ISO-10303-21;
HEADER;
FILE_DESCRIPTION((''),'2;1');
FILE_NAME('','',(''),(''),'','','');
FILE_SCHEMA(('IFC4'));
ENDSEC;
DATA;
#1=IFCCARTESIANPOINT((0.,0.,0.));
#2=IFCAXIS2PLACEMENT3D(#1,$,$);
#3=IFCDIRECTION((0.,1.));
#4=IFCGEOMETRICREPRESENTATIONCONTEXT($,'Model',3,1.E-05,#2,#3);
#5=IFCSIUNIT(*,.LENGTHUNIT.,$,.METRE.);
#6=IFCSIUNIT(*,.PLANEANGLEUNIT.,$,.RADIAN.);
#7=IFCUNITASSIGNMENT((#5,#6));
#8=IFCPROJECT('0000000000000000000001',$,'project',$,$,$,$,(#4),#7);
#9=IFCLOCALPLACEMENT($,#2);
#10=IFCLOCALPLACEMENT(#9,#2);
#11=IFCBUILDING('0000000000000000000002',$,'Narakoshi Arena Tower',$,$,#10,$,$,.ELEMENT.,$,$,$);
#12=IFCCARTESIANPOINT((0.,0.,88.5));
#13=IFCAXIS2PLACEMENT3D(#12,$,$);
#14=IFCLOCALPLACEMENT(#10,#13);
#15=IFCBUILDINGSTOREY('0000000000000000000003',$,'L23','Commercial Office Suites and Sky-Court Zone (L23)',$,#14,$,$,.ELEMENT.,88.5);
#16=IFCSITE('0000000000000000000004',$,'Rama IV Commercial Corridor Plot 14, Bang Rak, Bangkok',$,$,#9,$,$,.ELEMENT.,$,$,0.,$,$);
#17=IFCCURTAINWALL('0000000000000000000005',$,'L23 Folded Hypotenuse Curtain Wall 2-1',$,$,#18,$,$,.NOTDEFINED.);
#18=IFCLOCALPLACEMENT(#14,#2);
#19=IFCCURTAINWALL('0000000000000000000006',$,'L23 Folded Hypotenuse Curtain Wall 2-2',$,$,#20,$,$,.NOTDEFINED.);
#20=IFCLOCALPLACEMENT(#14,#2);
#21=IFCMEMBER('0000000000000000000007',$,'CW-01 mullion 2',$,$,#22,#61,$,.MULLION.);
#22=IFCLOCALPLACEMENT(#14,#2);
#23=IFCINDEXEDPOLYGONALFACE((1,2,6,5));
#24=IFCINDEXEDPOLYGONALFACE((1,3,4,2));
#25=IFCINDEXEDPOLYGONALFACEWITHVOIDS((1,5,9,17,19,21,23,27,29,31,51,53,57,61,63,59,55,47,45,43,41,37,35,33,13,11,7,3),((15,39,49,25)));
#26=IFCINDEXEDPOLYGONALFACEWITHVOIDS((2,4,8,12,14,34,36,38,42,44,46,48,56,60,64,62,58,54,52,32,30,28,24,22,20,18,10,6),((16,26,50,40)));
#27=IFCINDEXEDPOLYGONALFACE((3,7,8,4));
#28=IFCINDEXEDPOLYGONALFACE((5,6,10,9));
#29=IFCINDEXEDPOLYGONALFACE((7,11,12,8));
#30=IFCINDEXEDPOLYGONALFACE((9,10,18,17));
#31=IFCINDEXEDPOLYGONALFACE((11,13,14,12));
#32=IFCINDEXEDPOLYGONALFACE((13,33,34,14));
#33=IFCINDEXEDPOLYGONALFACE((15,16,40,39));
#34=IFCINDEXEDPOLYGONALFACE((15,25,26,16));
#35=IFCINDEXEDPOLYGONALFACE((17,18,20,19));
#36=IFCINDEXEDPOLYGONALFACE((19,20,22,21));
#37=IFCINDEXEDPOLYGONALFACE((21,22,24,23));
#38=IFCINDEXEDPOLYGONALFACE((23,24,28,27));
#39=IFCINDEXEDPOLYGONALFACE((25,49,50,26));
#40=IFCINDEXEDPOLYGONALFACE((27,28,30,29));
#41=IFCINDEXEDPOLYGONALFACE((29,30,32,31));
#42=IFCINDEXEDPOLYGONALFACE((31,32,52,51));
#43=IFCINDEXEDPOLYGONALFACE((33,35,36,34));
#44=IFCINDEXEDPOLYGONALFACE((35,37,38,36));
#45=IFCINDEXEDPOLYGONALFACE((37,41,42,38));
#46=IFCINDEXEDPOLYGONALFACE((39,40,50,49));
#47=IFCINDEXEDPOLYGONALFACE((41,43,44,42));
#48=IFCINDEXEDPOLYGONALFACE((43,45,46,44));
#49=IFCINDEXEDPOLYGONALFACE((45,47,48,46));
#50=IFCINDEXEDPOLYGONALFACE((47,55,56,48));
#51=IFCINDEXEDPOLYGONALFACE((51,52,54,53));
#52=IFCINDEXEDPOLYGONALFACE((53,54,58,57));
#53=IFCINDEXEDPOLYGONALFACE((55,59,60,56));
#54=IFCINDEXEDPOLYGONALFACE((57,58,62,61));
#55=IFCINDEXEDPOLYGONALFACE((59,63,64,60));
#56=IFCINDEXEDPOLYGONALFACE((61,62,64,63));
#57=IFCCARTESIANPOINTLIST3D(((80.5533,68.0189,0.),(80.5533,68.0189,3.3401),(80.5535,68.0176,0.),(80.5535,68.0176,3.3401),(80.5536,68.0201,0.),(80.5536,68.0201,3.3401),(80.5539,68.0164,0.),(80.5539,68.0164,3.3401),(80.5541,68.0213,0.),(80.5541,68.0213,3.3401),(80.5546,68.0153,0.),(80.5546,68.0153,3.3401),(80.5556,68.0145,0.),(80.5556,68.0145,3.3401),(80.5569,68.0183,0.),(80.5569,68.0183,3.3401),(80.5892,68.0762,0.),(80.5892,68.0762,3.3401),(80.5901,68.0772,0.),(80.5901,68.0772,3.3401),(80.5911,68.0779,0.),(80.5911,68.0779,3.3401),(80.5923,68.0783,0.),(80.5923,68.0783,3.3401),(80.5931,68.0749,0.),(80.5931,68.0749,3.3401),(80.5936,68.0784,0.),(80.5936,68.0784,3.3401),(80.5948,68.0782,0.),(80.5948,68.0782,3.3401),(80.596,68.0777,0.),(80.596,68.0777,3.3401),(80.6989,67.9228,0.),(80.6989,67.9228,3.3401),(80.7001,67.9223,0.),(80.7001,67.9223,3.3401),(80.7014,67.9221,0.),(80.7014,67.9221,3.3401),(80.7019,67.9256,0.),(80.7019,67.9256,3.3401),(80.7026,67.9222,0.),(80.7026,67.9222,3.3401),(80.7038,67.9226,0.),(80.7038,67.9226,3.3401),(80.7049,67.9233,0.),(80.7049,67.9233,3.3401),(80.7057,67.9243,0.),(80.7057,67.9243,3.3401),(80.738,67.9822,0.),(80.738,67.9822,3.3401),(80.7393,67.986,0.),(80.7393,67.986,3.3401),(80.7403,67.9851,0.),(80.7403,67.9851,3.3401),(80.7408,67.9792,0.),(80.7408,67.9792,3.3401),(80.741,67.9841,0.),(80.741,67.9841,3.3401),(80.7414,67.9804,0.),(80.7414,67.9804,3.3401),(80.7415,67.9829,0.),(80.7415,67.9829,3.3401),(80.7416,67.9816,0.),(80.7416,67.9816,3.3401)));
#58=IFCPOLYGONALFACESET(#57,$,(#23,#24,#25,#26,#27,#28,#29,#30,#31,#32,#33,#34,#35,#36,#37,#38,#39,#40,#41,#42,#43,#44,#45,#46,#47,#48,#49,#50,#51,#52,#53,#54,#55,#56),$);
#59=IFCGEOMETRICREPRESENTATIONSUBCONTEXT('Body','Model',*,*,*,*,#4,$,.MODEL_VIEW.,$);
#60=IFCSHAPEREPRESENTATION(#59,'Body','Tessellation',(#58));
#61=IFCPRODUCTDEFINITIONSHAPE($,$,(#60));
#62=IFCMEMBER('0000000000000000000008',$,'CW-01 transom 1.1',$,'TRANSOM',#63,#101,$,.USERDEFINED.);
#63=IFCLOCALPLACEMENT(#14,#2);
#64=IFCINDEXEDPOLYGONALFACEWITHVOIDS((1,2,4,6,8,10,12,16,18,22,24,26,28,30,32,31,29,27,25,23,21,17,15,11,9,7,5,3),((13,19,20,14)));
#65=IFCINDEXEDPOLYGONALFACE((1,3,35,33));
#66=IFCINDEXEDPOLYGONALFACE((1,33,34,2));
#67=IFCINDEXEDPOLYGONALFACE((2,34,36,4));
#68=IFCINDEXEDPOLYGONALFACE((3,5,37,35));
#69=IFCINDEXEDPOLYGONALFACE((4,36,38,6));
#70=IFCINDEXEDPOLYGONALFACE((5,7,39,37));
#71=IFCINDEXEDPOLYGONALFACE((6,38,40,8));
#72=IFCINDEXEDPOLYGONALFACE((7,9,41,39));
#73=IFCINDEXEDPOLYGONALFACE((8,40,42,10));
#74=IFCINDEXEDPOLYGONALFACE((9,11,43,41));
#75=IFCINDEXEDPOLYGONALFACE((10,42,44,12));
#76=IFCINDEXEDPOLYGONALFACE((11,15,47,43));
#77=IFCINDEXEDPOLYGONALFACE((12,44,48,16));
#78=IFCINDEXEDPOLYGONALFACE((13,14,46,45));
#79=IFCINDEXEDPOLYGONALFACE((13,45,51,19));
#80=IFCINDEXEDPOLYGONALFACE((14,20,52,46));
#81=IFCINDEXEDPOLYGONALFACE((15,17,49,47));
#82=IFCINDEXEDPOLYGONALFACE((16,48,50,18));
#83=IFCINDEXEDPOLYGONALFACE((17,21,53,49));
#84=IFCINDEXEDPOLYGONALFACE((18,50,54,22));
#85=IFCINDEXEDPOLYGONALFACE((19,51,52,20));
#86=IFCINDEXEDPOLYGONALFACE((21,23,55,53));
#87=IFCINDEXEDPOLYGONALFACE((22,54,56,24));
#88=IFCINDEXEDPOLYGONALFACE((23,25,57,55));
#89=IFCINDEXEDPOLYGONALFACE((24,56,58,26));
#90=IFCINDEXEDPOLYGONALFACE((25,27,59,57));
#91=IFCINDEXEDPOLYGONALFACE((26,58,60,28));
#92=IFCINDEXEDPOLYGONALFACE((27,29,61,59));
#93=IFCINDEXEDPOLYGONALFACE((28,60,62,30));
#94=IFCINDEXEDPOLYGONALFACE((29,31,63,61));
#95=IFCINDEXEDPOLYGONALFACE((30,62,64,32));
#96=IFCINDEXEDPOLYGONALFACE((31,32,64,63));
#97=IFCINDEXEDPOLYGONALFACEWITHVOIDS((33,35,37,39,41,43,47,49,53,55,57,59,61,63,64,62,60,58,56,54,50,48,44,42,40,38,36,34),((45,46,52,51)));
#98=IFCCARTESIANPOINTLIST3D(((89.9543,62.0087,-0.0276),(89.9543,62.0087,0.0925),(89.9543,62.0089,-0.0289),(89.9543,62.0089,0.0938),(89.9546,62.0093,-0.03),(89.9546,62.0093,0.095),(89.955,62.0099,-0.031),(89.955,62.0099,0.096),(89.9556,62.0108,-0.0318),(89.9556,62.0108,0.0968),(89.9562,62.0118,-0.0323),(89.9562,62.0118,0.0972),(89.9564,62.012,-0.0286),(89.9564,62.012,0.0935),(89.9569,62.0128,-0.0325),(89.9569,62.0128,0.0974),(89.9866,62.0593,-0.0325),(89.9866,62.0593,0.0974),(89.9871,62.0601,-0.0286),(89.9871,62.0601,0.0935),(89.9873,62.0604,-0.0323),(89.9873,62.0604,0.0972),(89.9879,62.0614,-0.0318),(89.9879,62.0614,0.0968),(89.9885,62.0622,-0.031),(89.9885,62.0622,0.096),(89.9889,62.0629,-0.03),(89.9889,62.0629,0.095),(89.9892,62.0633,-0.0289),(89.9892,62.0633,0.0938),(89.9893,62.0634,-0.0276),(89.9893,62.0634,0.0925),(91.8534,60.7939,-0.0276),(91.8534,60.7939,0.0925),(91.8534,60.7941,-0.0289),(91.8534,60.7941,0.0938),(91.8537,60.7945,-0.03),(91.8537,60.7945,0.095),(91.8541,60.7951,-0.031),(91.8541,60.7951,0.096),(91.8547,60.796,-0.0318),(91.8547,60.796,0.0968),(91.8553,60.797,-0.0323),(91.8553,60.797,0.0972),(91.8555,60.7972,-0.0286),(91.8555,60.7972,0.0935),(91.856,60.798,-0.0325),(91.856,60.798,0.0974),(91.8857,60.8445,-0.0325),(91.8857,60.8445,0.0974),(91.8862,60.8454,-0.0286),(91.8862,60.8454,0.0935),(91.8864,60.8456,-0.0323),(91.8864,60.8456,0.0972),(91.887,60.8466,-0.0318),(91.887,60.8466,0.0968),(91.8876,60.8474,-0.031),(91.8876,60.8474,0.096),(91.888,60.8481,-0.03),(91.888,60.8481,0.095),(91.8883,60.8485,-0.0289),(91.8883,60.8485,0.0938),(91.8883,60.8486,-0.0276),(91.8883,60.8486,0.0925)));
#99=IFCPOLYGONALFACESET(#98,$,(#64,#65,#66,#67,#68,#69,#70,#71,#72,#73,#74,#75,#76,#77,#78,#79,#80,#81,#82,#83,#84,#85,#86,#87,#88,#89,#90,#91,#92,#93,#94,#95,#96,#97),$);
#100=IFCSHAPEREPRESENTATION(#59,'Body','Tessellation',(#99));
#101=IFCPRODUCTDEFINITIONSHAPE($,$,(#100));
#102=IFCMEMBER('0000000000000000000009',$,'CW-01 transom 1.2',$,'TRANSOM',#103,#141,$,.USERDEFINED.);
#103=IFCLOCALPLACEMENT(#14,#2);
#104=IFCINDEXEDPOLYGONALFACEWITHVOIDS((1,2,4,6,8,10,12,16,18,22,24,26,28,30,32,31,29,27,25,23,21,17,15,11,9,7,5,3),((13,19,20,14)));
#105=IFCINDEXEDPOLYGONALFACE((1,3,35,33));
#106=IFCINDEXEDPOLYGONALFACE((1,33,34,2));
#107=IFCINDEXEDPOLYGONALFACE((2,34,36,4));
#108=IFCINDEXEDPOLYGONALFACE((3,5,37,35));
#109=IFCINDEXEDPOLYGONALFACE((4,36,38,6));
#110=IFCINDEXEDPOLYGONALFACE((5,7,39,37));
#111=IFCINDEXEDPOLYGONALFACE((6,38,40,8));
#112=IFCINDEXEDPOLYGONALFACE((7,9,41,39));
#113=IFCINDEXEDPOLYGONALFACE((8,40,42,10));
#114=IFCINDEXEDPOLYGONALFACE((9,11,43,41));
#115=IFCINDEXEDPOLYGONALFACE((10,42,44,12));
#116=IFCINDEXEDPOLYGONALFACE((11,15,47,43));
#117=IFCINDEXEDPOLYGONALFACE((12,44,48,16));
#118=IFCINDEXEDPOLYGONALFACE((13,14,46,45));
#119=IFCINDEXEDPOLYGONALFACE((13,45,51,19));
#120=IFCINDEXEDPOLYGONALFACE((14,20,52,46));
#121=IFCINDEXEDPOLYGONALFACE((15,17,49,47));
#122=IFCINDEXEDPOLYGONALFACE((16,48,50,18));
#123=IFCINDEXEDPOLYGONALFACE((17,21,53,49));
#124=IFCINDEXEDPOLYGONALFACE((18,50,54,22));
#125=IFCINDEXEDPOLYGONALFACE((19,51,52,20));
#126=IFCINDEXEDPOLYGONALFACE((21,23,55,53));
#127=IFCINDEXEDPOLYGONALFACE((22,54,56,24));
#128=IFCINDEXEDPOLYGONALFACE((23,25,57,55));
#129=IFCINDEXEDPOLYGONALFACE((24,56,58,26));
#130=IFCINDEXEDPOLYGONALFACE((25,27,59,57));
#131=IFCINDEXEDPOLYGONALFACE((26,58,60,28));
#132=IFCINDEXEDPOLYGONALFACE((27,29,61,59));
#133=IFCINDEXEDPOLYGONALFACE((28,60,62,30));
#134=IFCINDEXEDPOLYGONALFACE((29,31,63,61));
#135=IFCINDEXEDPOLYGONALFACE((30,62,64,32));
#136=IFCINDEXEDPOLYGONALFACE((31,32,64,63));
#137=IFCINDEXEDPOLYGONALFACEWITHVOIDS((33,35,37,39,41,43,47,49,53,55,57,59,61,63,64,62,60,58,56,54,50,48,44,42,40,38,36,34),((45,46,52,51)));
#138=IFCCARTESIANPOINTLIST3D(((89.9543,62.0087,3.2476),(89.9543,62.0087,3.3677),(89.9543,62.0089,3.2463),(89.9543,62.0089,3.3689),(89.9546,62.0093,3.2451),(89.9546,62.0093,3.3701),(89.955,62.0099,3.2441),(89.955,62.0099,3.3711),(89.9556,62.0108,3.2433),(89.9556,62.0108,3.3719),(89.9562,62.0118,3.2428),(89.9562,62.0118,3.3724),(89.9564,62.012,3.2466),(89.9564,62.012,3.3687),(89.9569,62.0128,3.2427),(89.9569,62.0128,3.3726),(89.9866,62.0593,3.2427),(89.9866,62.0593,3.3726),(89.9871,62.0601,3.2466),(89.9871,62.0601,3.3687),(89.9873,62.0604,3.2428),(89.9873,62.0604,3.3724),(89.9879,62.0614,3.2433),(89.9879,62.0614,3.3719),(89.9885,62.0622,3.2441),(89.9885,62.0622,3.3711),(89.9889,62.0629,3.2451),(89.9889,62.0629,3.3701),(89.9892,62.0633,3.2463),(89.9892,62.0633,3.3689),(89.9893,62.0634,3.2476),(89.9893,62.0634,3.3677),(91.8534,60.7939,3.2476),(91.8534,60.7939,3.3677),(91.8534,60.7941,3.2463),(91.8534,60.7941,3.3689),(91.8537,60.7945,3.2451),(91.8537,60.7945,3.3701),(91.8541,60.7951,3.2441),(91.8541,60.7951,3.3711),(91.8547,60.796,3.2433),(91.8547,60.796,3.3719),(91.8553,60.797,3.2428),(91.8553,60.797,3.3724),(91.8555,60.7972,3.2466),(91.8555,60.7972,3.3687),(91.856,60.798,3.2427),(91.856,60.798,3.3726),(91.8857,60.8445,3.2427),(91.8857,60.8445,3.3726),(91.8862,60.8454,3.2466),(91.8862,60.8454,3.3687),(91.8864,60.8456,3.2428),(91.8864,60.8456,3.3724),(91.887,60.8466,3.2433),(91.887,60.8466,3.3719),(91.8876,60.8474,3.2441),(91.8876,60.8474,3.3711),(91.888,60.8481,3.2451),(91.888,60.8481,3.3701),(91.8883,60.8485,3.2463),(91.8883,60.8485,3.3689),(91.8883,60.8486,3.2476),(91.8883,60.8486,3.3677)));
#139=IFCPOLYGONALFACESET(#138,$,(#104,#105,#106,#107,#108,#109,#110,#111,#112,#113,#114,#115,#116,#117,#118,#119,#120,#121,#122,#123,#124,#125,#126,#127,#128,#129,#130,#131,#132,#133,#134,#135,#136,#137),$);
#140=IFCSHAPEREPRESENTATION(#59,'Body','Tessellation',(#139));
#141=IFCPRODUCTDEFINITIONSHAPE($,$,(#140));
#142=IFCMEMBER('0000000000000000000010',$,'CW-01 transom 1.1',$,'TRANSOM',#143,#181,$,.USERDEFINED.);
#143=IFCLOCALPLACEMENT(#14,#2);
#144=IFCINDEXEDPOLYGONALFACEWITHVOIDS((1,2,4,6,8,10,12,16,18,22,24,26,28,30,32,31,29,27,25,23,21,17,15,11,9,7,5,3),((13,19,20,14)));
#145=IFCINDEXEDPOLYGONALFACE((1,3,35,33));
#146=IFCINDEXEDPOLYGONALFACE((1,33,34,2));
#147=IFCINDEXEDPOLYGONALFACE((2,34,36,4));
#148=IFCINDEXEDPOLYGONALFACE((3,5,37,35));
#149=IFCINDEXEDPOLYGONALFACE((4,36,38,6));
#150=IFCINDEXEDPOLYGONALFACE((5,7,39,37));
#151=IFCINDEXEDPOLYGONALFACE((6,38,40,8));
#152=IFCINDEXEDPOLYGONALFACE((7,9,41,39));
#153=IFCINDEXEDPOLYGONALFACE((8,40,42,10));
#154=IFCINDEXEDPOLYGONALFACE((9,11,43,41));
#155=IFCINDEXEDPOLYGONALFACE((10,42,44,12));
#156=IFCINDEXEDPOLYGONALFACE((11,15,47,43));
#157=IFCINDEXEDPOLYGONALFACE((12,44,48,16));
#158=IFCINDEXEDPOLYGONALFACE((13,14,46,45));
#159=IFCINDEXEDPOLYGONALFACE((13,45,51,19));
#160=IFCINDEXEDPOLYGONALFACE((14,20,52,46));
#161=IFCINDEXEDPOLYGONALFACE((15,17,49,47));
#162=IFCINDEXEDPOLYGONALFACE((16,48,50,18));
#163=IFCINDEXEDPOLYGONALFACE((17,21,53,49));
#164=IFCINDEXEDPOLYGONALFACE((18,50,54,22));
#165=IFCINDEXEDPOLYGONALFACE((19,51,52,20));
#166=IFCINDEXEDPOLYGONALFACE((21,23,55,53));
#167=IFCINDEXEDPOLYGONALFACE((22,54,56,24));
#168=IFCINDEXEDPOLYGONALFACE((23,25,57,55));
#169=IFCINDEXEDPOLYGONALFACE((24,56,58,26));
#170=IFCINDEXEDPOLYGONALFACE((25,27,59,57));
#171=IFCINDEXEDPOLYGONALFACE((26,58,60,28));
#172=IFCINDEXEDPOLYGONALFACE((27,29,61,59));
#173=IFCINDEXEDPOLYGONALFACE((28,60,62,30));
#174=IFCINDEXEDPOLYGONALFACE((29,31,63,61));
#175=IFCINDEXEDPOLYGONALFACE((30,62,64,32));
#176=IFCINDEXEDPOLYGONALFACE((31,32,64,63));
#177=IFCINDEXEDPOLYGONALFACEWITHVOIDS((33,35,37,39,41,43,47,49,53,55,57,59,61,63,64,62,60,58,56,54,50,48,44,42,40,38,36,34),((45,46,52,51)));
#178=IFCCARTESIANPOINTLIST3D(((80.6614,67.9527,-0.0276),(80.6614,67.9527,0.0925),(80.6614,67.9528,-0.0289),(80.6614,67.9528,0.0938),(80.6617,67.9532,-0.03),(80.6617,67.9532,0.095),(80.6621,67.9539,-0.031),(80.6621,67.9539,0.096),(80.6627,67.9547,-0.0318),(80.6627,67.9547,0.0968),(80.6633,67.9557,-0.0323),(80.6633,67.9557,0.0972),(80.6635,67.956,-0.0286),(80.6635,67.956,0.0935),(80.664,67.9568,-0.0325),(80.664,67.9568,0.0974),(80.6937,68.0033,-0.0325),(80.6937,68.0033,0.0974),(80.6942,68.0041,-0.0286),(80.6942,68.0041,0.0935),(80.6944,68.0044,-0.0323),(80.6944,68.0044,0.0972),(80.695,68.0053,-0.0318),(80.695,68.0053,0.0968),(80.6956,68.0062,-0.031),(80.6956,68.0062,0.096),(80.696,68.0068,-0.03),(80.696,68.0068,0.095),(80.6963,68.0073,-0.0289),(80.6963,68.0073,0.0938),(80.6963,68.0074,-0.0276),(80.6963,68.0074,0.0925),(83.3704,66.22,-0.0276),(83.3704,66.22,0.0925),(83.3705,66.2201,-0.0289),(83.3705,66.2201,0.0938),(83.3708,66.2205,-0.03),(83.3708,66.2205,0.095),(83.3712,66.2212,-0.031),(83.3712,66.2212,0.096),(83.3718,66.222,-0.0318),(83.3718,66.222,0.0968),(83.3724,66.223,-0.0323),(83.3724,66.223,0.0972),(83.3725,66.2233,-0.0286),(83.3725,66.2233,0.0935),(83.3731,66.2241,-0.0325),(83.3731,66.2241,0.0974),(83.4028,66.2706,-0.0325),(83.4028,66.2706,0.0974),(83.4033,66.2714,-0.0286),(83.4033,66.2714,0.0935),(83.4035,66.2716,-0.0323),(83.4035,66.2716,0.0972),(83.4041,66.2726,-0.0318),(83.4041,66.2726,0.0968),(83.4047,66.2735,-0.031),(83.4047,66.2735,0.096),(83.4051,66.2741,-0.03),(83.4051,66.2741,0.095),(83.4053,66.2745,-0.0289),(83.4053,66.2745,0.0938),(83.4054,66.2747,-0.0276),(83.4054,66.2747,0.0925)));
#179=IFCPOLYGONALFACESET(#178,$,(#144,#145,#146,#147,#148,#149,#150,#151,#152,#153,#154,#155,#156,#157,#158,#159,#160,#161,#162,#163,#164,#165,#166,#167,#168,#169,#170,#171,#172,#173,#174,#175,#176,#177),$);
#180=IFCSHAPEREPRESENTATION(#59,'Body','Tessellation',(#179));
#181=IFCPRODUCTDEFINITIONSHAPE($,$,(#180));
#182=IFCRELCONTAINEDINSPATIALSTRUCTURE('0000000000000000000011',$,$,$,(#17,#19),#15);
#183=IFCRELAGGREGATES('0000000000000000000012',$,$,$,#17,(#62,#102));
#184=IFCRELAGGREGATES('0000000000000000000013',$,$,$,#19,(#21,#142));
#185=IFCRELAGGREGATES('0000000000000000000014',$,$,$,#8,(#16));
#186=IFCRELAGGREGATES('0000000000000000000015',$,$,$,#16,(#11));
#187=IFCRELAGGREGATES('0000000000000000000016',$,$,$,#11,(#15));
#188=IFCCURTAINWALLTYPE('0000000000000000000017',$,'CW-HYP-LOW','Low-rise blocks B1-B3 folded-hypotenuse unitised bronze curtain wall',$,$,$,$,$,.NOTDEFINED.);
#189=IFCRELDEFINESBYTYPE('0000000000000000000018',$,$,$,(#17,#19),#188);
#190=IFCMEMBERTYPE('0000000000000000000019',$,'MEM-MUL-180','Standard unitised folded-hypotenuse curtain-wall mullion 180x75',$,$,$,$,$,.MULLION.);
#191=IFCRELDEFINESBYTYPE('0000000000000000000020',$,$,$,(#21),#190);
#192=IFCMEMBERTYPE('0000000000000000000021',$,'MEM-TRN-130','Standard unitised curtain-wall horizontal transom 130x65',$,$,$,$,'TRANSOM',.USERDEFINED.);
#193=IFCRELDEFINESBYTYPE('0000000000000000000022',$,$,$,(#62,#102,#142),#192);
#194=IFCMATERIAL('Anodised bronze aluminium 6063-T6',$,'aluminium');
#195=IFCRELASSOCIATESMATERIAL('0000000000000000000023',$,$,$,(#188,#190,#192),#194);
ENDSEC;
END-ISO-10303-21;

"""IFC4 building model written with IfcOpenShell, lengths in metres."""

from ifc_helpers import new_model, si_unit, direction, frame, origin, origin_2d, place, context, subcontext, project, spatial, hollow_rectangle, extrude, material, material_profile, profile_set, type_object, element, aggregate, save


model = new_model("IFC4")

# Units and contexts
model_context = context("Model", 3, precision=1e-05, world=origin(), true_north=direction((0.0, 1.0)))
body_context = subcontext(model_context, "Body", "Model", "MODEL_VIEW")
ifc_project = project(units=[si_unit("LENGTHUNIT", "METRE"), si_unit("PLANEANGLEUNIT", "RADIAN")], contexts=[model_context])

# Site, building, storey
site_placement = place(None, origin())
site = spatial("IfcSite", under=ifc_project, at=site_placement, Name="Rama IV Commercial Corridor Plot 14, Bang Rak, Bangkok", CompositionType="ELEMENT", RefElevation=0.0)
building_placement = place(site_placement, origin())
building = spatial("IfcBuilding", under=site, at=building_placement, Name="Narakoshi Arena Tower", CompositionType="ELEMENT")
storey_placement = place(building_placement, frame((0.0, 0.0, 88.5)))
storey = spatial("IfcBuildingStorey", under=building, at=storey_placement, Name="L23", Description="Commercial Office Suites and Sky-Court Zone (L23)", CompositionType="ELEMENT", Elevation=88.5)

# Curtain wall
ifc_material_1 = material(Name="Anodised bronze aluminium 6063-T6", Category="aluminium")
curtain_wall_type = type_object("IfcCurtainWallType", Name="CW-HYP-LOW", Description="Low-rise blocks B1-B3 folded-hypotenuse unitised bronze curtain wall", PredefinedType="NOTDEFINED", material=ifc_material_1)
curtain_wall_1_placement = place(storey_placement, origin())
curtain_wall_1 = element("IfcCurtainWall", 1, at=curtain_wall_1_placement, inside=storey, type_object=curtain_wall_type, Name="L23 Folded Hypotenuse Curtain Wall 2-1", PredefinedType="NOTDEFINED")
ifc_material_profile_1 = material_profile(ifc_material_1, hollow_rectangle(XDim=0.075, YDim=0.1799, WallThickness=0.0039, OuterFilletRadius=0.0049, at=origin_2d()), Name="MUL180x75x4")
ifc_profile_set_1 = profile_set([ifc_material_profile_1], Name="Anodised bronze aluminium 6063-T6")
member_type_1 = type_object("IfcMemberType", Name="MEM-MUL-180", Description="Standard unitised folded-hypotenuse curtain-wall mullion 180x75", PredefinedType="MULLION", material=ifc_profile_set_1)

# Curtain wall, member
curtain_wall_2_placement = place(storey_placement, origin())
curtain_wall_2 = element("IfcCurtainWall", 2, at=curtain_wall_2_placement, inside=storey, type_object=curtain_wall_type, Name="L23 Folded Hypotenuse Curtain Wall 2-2", PredefinedType="NOTDEFINED")
member_1_placement = place(storey_placement, frame((80.6475, 68.0002, 0.0), z_axis=(0.0, 0.0, 1.0), x_axis=(-0.538829, -0.842415, 0.0)))
member_1 = element("IfcMember", 3, at=member_1_placement, type_object=member_type_1, Name="CW-01 mullion 2", PredefinedType="MULLION", context=body_context, shape_type="SweptSolid", body=[
    extrude(hollow_rectangle(XDim=0.075, YDim=0.1799, WallThickness=0.0039, OuterFilletRadius=0.0049, at=origin_2d()), origin(), (0.0, 0.0, 1.0), 3.3401),
])

# Members
ifc_material_profile_2 = material_profile(ifc_material_1, hollow_rectangle(XDim=0.0649, YDim=0.1299, WallThickness=0.0039, OuterFilletRadius=0.0049, at=origin_2d()), Name="TRN130x65x4")
ifc_profile_set_2 = profile_set([ifc_material_profile_2], Name="Anodised bronze aluminium 6063-T6")
member_type_2 = type_object("IfcMemberType", Name="MEM-TRN-130", Description="Standard unitised curtain-wall horizontal transom 130x65", ElementType="TRANSOM", PredefinedType="USERDEFINED", material=ifc_profile_set_2)
member_2_placement = place(storey_placement, frame((91.8708, 60.8213, 0.0325), z_axis=(-0.842397, 0.538857, 0.0), x_axis=(-0.538857, -0.842397, 0.0)))
member_2 = element("IfcMember", 4, at=member_2_placement, type_object=member_type_2, Name="CW-01 transom 1.1", ObjectType="TRANSOM", PredefinedType="USERDEFINED", context=body_context, shape_type="SweptSolid", body=[
    extrude(hollow_rectangle(XDim=0.0649, YDim=0.1299, WallThickness=0.0039, OuterFilletRadius=0.0049, at=origin_2d()), origin(), (0.0, 0.0, 1.0), 2.2544),
])
member_3_placement = place(storey_placement, frame((91.8708, 60.8213, 3.3076), z_axis=(-0.842397, 0.538857, 0.0), x_axis=(-0.538857, -0.842397, 0.0)))
member_3 = element("IfcMember", 5, at=member_3_placement, type_object=member_type_2, Name="CW-01 transom 1.2", ObjectType="TRANSOM", PredefinedType="USERDEFINED", context=body_context, shape_type="SweptSolid", body=[
    extrude(hollow_rectangle(XDim=0.0649, YDim=0.1299, WallThickness=0.0039, OuterFilletRadius=0.0049, at=origin_2d()), origin(), (0.0, 0.0, 1.0), 2.2544),
])
member_4_placement = place(storey_placement, frame((83.3879, 66.2473, 0.0325), z_axis=(-0.842424, 0.538815, 0.0), x_axis=(-0.538815, -0.842424, 0.0)))
member_4 = element("IfcMember", 6, at=member_4_placement, type_object=member_type_2, Name="CW-01 transom 1.1", ObjectType="TRANSOM", PredefinedType="USERDEFINED", context=body_context, shape_type="SweptSolid", body=[
    extrude(hollow_rectangle(XDim=0.0649, YDim=0.1299, WallThickness=0.0039, OuterFilletRadius=0.0049, at=origin_2d()), origin(), (0.0, 0.0, 1.0), 3.2158),
])

aggregate(curtain_wall_1, [member_2, member_3])
aggregate(curtain_wall_2, [member_1, member_4])

save(model, "model.ifc")
